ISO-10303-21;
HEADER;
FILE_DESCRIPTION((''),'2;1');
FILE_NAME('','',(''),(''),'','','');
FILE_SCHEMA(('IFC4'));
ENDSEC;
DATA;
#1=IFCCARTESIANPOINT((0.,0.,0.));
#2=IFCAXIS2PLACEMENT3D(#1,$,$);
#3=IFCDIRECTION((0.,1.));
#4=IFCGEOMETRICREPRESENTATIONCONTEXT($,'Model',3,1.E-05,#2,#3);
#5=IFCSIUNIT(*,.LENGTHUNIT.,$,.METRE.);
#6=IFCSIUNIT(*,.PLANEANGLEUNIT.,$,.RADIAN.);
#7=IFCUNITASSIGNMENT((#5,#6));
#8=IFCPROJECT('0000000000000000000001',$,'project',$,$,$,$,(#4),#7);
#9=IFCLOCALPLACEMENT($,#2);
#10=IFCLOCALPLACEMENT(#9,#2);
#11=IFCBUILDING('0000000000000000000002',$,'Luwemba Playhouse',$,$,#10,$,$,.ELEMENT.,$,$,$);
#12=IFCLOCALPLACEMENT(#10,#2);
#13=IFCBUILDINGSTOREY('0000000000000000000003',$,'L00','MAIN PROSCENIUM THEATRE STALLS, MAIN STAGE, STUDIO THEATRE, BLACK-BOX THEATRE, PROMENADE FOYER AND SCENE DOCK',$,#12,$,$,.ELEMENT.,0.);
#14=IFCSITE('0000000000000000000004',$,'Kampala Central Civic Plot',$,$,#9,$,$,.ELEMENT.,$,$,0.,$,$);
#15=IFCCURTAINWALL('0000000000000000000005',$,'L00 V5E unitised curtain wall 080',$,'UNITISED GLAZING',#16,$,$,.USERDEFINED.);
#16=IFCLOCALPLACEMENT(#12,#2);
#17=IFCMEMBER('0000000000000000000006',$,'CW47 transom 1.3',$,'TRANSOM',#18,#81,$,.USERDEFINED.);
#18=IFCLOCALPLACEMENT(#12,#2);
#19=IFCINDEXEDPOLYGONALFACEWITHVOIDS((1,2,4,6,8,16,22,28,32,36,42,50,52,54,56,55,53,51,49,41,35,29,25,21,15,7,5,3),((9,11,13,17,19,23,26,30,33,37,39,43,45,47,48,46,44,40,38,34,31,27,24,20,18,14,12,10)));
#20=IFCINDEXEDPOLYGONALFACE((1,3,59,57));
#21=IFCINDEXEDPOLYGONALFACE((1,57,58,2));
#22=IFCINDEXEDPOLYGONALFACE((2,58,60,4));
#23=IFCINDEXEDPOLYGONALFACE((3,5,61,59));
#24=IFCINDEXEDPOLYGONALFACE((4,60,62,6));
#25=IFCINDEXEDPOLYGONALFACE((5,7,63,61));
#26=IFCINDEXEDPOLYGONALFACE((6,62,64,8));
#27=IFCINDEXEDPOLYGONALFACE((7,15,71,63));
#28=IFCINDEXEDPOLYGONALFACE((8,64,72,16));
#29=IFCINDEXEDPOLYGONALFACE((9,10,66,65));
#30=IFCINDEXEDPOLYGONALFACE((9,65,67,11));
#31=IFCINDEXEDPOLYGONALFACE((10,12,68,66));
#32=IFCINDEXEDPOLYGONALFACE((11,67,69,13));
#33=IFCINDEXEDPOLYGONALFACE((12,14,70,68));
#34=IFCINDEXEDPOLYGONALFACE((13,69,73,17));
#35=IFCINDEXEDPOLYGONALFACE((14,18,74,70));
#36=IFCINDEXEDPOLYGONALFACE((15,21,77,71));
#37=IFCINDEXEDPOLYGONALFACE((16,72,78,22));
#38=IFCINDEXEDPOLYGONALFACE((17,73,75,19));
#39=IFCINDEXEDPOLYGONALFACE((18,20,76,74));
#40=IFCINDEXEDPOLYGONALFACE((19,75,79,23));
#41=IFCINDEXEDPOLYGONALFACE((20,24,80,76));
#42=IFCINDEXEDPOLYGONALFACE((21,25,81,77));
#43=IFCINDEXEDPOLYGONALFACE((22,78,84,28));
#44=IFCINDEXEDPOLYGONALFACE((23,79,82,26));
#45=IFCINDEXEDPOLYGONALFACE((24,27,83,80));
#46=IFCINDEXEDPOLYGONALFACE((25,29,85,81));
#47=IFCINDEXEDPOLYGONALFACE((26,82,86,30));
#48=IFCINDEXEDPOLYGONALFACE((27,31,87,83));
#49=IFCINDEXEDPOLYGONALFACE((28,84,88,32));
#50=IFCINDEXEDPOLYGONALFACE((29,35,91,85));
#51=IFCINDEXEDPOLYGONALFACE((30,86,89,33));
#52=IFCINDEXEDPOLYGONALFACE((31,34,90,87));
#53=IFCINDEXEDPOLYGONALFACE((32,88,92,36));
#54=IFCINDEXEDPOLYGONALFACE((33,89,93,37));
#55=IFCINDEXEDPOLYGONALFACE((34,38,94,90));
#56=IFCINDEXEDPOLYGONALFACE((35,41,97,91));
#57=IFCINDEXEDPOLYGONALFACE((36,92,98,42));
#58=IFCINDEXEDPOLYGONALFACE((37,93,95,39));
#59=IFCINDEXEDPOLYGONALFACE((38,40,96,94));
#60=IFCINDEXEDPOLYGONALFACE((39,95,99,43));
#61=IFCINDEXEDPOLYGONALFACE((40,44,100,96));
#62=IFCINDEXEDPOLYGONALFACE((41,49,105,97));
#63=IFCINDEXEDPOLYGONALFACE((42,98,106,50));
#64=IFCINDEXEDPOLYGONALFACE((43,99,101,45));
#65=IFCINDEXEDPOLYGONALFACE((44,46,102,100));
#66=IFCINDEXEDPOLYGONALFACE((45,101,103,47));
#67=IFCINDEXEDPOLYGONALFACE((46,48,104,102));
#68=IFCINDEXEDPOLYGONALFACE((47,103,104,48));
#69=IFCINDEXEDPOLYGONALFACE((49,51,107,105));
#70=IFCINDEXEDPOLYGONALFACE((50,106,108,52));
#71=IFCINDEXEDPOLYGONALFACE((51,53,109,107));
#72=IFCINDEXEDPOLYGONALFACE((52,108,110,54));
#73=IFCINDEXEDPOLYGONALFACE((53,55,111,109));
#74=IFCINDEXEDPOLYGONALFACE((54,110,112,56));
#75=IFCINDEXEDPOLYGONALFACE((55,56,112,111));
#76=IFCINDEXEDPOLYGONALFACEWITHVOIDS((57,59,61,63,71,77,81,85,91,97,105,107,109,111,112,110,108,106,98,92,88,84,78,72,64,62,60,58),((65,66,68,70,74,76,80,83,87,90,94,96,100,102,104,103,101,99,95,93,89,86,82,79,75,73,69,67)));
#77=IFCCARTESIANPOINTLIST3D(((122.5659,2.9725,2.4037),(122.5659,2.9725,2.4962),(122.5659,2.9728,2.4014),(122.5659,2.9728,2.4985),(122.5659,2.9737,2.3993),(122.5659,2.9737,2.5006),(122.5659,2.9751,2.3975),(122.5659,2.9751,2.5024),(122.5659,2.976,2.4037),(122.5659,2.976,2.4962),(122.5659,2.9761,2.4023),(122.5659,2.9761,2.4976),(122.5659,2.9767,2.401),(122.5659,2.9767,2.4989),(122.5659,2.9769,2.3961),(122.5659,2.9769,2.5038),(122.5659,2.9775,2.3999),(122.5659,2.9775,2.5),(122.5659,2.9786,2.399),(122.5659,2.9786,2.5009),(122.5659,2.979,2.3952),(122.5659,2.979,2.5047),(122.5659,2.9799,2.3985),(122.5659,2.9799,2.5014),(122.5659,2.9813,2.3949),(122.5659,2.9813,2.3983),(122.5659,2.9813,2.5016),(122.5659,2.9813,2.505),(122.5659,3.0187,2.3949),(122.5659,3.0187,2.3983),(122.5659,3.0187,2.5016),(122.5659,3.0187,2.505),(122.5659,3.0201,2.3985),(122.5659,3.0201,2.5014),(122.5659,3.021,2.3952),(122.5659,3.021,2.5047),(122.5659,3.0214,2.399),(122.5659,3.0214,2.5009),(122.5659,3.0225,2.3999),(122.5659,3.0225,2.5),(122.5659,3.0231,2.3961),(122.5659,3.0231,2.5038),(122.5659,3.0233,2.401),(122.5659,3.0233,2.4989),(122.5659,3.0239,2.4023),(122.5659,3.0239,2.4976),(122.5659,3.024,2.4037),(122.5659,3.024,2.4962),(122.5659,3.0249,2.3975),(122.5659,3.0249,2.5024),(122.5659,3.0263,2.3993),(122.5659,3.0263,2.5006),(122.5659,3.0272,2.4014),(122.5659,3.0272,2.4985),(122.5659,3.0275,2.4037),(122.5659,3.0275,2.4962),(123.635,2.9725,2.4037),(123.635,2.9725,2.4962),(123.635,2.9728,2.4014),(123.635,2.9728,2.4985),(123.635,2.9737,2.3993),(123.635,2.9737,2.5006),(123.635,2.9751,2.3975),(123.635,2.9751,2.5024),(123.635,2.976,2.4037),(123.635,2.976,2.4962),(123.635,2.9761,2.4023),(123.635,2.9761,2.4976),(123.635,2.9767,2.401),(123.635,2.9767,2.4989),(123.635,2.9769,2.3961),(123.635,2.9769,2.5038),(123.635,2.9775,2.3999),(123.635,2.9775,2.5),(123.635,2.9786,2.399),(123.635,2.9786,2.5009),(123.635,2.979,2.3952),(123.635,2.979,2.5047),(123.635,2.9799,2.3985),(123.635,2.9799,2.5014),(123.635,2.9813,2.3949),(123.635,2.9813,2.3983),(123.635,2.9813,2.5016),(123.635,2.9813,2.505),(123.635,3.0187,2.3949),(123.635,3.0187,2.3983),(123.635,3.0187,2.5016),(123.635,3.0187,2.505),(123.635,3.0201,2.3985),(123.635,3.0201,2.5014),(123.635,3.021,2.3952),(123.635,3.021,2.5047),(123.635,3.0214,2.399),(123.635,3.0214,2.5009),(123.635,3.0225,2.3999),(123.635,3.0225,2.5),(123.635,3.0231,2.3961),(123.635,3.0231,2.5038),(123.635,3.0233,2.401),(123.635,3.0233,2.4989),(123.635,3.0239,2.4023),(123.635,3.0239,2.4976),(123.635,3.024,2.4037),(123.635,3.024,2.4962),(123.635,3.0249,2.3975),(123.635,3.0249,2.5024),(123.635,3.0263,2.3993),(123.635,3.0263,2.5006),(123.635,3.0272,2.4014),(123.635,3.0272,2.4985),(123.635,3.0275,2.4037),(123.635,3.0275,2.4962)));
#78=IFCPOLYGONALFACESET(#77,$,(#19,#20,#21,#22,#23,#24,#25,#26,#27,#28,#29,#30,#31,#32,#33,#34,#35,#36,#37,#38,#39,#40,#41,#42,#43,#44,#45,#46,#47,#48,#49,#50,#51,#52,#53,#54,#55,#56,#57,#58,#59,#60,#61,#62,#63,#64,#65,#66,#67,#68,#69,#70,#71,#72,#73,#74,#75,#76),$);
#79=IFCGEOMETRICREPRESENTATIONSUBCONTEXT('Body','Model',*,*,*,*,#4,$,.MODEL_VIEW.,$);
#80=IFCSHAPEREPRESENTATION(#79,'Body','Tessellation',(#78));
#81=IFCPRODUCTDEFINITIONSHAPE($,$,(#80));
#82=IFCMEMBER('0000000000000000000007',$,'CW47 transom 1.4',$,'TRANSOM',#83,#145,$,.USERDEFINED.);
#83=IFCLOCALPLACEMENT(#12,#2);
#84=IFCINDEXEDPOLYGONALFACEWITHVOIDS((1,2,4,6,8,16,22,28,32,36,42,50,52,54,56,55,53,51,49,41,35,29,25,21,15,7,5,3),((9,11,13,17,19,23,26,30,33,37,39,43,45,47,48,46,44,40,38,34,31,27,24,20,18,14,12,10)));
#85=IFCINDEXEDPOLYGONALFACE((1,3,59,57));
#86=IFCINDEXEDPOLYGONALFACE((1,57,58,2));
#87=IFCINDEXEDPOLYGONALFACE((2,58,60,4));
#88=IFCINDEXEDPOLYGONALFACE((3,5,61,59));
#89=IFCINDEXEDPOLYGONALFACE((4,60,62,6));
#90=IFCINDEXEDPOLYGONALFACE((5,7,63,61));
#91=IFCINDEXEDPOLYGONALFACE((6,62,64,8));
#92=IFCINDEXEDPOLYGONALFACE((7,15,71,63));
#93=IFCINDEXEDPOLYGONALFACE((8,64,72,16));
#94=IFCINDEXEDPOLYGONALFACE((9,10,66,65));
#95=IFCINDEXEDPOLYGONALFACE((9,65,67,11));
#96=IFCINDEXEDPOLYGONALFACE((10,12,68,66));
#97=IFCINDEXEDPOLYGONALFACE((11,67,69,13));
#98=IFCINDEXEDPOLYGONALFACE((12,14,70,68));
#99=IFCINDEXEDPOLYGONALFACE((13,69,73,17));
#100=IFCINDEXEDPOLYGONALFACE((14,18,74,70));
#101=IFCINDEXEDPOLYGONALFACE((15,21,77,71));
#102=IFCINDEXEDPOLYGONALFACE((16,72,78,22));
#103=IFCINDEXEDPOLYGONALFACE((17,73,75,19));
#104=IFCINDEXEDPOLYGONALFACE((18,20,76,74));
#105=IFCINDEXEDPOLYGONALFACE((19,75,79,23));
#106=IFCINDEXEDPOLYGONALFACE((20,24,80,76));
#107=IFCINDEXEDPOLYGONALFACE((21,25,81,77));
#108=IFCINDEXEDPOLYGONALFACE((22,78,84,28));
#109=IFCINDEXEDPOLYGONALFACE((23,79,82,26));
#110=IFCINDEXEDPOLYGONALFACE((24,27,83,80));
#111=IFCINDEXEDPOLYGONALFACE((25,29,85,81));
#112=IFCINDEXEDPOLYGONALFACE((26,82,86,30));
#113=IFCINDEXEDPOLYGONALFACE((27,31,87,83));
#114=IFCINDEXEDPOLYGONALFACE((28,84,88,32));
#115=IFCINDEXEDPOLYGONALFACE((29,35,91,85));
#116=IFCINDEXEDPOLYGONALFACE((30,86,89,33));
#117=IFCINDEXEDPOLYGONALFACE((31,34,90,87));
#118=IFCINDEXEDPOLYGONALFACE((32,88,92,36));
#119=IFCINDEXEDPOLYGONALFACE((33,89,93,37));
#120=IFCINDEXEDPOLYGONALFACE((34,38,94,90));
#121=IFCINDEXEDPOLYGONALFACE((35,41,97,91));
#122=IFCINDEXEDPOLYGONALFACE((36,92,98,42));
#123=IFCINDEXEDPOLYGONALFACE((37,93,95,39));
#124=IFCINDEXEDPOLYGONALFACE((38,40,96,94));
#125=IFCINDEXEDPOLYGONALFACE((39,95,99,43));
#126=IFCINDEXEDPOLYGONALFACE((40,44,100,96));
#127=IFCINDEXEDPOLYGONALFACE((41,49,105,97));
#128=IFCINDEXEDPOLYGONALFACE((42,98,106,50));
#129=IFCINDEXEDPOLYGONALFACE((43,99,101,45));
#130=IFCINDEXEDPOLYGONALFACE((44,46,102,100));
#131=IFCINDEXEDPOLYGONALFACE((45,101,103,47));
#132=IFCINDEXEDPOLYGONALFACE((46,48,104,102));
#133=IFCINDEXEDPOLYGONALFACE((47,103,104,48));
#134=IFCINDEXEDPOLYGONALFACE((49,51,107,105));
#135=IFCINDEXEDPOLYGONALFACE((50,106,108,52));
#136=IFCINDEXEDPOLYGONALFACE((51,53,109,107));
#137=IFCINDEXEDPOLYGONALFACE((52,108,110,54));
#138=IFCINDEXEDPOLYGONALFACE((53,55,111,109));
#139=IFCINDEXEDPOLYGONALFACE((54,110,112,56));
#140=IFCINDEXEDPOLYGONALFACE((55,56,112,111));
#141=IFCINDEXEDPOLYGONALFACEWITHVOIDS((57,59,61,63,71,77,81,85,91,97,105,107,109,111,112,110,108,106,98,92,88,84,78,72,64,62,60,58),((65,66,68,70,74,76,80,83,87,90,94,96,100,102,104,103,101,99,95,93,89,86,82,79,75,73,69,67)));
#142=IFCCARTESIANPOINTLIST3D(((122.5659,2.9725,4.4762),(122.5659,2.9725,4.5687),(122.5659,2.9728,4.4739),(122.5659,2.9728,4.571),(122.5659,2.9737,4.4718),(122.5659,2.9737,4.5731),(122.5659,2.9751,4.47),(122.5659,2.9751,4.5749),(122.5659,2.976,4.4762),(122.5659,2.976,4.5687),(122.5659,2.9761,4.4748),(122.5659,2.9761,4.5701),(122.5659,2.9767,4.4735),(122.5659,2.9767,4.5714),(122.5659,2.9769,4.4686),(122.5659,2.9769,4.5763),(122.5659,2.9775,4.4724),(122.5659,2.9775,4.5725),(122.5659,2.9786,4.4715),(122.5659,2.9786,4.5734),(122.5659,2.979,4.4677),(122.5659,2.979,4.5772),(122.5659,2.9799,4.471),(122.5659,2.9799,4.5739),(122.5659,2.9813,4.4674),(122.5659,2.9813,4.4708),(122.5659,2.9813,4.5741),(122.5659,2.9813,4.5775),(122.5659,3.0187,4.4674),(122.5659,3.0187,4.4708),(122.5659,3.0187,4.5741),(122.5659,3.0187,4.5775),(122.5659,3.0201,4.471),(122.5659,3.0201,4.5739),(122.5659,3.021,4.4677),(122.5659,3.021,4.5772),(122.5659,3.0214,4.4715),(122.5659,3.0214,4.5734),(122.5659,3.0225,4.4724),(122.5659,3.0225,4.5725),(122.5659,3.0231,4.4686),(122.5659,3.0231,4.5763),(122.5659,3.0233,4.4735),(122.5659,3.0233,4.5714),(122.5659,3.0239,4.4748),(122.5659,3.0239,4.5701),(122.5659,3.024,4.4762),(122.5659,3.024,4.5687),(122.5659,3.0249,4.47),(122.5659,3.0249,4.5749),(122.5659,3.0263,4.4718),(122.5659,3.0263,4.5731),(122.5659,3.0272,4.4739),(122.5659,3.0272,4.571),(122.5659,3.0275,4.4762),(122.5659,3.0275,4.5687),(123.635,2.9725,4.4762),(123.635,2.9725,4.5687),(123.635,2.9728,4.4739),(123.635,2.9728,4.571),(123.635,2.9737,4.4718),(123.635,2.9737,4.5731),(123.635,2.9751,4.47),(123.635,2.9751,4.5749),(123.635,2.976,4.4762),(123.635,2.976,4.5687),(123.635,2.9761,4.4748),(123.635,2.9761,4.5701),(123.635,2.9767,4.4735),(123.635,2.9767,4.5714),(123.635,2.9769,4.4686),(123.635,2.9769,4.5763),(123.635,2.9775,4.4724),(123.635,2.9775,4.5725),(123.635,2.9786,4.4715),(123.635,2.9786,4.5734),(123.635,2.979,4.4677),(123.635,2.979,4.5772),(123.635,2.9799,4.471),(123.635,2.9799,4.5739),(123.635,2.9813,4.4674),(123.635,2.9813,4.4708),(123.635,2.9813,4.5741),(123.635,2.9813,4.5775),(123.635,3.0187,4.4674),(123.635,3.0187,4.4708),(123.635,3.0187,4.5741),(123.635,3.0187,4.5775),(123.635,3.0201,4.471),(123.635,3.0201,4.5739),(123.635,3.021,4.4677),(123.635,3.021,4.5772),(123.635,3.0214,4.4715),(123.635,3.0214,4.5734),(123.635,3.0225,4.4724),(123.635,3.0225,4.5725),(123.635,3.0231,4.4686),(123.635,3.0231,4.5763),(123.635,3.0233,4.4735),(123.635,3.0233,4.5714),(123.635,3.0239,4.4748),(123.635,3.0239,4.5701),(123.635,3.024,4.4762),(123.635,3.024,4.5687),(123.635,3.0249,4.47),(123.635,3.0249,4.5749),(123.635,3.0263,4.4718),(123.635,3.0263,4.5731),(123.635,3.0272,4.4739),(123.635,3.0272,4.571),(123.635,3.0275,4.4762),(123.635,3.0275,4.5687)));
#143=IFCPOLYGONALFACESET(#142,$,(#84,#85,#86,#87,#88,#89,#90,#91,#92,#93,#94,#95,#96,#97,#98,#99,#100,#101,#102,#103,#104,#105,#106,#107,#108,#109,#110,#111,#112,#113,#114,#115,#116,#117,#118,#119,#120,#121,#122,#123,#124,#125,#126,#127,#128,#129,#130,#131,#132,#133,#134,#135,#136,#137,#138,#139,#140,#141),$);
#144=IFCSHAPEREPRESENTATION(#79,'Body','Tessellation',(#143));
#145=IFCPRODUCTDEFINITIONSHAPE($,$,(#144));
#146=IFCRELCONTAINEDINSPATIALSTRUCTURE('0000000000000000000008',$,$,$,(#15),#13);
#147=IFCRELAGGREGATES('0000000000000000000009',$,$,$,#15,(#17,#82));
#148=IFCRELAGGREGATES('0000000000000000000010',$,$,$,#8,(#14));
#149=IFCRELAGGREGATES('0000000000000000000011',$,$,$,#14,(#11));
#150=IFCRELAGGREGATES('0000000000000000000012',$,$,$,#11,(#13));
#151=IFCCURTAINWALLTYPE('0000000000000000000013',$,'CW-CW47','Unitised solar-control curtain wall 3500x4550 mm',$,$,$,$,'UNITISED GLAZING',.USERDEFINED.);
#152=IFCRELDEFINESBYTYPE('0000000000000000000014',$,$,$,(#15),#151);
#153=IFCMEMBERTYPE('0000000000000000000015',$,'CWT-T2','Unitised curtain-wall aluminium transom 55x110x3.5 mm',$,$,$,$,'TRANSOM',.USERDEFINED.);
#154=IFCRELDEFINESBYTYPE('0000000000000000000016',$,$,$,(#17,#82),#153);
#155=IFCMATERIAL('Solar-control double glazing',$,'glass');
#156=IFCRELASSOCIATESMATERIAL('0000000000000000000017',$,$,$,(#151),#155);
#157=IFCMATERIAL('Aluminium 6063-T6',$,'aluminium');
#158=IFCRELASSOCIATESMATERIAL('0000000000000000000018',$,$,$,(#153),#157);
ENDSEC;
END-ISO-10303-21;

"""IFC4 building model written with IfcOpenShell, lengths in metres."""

from ifc_helpers import new_model, si_unit, direction, frame, origin, origin_2d, place, context, subcontext, project, spatial, hollow_rectangle, extrude, material, material_profile, profile_set, type_object, element, aggregate, save


model = new_model("IFC4")

# Units and contexts
model_context = context("Model", 3, precision=1e-05, world=origin(), true_north=direction((0.0, 1.0)))
body_context = subcontext(model_context, "Body", "Model", "MODEL_VIEW")
ifc_project = project(units=[si_unit("LENGTHUNIT", "METRE"), si_unit("PLANEANGLEUNIT", "RADIAN")], contexts=[model_context])

# Site, building, storey
site_placement = place(None, origin())
site = spatial("IfcSite", under=ifc_project, at=site_placement, Name="Kampala Central Civic Plot", CompositionType="ELEMENT", RefElevation=0.0)
building_placement = place(site_placement, origin())
building = spatial("IfcBuilding", under=site, at=building_placement, Name="Luwemba Playhouse", CompositionType="ELEMENT")
storey_placement = place(building_placement, origin())
storey = spatial("IfcBuildingStorey", under=building, at=storey_placement, Name="L00", Description="MAIN PROSCENIUM THEATRE STALLS, MAIN STAGE, STUDIO THEATRE, BLACK-BOX THEATRE, PROMENADE FOYER AND SCENE DOCK", CompositionType="ELEMENT", Elevation=0.0)

# Shared definitions
ifc_material_1 = material(Name="Solar-control double glazing", Category="glass")
ifc_material_2 = material(Name="Aluminium 6063-T6", Category="aluminium")

# Curtain wall, members
curtain_wall_type_1 = type_object("IfcCurtainWallType", Name="CW-CW47", Description="Unitised solar-control curtain wall 3500x4550 mm", ElementType="UNITISED GLAZING", PredefinedType="USERDEFINED", material=ifc_material_1)
curtain_wall_1_placement = place(storey_placement, origin())
curtain_wall_1 = element("IfcCurtainWall", 1, at=curtain_wall_1_placement, inside=storey, type_object=curtain_wall_type_1, Name="L00 V5E unitised curtain wall 080", ObjectType="UNITISED GLAZING", PredefinedType="USERDEFINED")
ifc_material_profile_1 = material_profile(ifc_material_2, hollow_rectangle(XDim=0.0549, YDim=0.1101, WallThickness=0.0034, InnerFilletRadius=0.0054, OuterFilletRadius=0.0088, at=origin_2d()))
ifc_profile_set_1 = profile_set([ifc_material_profile_1], Name="Aluminium 6063-T6")
member_type_1 = type_object("IfcMemberType", Name="CWT-T2", Description="Unitised curtain-wall aluminium transom 55x110x3.5 mm", ElementType="TRANSOM", PredefinedType="USERDEFINED", material=ifc_profile_set_1)
member_1_placement = place(storey_placement, frame((123.635, 3.0, 2.45), z_axis=(-1.0, 0.0, 0.0), x_axis=(0.0, -1.0, 0.0)))
member_1 = element("IfcMember", 2, at=member_1_placement, type_object=member_type_1, Name="CW47 transom 1.3", ObjectType="TRANSOM", PredefinedType="USERDEFINED", context=body_context, shape_type="SweptSolid", body=[
    extrude(hollow_rectangle(XDim=0.0549, YDim=0.1101, WallThickness=0.0034, InnerFilletRadius=0.0054, OuterFilletRadius=0.0088, at=origin_2d()), origin(), (0.0, 0.0, 1.0), 1.0691),
])
member_2_placement = place(storey_placement, frame((123.635, 3.0, 4.5225), z_axis=(-1.0, 0.0, 0.0), x_axis=(0.0, -1.0, 0.0)))
member_2 = element("IfcMember", 3, at=member_2_placement, type_object=member_type_1, Name="CW47 transom 1.4", ObjectType="TRANSOM", PredefinedType="USERDEFINED", context=body_context, shape_type="SweptSolid", body=[
    extrude(hollow_rectangle(XDim=0.0549, YDim=0.1101, WallThickness=0.0034, InnerFilletRadius=0.0054, OuterFilletRadius=0.0088, at=origin_2d()), origin(), (0.0, 0.0, 1.0), 1.0691),
])
aggregate(curtain_wall_1, [member_1, member_2])

save(model, "model.ifc")
